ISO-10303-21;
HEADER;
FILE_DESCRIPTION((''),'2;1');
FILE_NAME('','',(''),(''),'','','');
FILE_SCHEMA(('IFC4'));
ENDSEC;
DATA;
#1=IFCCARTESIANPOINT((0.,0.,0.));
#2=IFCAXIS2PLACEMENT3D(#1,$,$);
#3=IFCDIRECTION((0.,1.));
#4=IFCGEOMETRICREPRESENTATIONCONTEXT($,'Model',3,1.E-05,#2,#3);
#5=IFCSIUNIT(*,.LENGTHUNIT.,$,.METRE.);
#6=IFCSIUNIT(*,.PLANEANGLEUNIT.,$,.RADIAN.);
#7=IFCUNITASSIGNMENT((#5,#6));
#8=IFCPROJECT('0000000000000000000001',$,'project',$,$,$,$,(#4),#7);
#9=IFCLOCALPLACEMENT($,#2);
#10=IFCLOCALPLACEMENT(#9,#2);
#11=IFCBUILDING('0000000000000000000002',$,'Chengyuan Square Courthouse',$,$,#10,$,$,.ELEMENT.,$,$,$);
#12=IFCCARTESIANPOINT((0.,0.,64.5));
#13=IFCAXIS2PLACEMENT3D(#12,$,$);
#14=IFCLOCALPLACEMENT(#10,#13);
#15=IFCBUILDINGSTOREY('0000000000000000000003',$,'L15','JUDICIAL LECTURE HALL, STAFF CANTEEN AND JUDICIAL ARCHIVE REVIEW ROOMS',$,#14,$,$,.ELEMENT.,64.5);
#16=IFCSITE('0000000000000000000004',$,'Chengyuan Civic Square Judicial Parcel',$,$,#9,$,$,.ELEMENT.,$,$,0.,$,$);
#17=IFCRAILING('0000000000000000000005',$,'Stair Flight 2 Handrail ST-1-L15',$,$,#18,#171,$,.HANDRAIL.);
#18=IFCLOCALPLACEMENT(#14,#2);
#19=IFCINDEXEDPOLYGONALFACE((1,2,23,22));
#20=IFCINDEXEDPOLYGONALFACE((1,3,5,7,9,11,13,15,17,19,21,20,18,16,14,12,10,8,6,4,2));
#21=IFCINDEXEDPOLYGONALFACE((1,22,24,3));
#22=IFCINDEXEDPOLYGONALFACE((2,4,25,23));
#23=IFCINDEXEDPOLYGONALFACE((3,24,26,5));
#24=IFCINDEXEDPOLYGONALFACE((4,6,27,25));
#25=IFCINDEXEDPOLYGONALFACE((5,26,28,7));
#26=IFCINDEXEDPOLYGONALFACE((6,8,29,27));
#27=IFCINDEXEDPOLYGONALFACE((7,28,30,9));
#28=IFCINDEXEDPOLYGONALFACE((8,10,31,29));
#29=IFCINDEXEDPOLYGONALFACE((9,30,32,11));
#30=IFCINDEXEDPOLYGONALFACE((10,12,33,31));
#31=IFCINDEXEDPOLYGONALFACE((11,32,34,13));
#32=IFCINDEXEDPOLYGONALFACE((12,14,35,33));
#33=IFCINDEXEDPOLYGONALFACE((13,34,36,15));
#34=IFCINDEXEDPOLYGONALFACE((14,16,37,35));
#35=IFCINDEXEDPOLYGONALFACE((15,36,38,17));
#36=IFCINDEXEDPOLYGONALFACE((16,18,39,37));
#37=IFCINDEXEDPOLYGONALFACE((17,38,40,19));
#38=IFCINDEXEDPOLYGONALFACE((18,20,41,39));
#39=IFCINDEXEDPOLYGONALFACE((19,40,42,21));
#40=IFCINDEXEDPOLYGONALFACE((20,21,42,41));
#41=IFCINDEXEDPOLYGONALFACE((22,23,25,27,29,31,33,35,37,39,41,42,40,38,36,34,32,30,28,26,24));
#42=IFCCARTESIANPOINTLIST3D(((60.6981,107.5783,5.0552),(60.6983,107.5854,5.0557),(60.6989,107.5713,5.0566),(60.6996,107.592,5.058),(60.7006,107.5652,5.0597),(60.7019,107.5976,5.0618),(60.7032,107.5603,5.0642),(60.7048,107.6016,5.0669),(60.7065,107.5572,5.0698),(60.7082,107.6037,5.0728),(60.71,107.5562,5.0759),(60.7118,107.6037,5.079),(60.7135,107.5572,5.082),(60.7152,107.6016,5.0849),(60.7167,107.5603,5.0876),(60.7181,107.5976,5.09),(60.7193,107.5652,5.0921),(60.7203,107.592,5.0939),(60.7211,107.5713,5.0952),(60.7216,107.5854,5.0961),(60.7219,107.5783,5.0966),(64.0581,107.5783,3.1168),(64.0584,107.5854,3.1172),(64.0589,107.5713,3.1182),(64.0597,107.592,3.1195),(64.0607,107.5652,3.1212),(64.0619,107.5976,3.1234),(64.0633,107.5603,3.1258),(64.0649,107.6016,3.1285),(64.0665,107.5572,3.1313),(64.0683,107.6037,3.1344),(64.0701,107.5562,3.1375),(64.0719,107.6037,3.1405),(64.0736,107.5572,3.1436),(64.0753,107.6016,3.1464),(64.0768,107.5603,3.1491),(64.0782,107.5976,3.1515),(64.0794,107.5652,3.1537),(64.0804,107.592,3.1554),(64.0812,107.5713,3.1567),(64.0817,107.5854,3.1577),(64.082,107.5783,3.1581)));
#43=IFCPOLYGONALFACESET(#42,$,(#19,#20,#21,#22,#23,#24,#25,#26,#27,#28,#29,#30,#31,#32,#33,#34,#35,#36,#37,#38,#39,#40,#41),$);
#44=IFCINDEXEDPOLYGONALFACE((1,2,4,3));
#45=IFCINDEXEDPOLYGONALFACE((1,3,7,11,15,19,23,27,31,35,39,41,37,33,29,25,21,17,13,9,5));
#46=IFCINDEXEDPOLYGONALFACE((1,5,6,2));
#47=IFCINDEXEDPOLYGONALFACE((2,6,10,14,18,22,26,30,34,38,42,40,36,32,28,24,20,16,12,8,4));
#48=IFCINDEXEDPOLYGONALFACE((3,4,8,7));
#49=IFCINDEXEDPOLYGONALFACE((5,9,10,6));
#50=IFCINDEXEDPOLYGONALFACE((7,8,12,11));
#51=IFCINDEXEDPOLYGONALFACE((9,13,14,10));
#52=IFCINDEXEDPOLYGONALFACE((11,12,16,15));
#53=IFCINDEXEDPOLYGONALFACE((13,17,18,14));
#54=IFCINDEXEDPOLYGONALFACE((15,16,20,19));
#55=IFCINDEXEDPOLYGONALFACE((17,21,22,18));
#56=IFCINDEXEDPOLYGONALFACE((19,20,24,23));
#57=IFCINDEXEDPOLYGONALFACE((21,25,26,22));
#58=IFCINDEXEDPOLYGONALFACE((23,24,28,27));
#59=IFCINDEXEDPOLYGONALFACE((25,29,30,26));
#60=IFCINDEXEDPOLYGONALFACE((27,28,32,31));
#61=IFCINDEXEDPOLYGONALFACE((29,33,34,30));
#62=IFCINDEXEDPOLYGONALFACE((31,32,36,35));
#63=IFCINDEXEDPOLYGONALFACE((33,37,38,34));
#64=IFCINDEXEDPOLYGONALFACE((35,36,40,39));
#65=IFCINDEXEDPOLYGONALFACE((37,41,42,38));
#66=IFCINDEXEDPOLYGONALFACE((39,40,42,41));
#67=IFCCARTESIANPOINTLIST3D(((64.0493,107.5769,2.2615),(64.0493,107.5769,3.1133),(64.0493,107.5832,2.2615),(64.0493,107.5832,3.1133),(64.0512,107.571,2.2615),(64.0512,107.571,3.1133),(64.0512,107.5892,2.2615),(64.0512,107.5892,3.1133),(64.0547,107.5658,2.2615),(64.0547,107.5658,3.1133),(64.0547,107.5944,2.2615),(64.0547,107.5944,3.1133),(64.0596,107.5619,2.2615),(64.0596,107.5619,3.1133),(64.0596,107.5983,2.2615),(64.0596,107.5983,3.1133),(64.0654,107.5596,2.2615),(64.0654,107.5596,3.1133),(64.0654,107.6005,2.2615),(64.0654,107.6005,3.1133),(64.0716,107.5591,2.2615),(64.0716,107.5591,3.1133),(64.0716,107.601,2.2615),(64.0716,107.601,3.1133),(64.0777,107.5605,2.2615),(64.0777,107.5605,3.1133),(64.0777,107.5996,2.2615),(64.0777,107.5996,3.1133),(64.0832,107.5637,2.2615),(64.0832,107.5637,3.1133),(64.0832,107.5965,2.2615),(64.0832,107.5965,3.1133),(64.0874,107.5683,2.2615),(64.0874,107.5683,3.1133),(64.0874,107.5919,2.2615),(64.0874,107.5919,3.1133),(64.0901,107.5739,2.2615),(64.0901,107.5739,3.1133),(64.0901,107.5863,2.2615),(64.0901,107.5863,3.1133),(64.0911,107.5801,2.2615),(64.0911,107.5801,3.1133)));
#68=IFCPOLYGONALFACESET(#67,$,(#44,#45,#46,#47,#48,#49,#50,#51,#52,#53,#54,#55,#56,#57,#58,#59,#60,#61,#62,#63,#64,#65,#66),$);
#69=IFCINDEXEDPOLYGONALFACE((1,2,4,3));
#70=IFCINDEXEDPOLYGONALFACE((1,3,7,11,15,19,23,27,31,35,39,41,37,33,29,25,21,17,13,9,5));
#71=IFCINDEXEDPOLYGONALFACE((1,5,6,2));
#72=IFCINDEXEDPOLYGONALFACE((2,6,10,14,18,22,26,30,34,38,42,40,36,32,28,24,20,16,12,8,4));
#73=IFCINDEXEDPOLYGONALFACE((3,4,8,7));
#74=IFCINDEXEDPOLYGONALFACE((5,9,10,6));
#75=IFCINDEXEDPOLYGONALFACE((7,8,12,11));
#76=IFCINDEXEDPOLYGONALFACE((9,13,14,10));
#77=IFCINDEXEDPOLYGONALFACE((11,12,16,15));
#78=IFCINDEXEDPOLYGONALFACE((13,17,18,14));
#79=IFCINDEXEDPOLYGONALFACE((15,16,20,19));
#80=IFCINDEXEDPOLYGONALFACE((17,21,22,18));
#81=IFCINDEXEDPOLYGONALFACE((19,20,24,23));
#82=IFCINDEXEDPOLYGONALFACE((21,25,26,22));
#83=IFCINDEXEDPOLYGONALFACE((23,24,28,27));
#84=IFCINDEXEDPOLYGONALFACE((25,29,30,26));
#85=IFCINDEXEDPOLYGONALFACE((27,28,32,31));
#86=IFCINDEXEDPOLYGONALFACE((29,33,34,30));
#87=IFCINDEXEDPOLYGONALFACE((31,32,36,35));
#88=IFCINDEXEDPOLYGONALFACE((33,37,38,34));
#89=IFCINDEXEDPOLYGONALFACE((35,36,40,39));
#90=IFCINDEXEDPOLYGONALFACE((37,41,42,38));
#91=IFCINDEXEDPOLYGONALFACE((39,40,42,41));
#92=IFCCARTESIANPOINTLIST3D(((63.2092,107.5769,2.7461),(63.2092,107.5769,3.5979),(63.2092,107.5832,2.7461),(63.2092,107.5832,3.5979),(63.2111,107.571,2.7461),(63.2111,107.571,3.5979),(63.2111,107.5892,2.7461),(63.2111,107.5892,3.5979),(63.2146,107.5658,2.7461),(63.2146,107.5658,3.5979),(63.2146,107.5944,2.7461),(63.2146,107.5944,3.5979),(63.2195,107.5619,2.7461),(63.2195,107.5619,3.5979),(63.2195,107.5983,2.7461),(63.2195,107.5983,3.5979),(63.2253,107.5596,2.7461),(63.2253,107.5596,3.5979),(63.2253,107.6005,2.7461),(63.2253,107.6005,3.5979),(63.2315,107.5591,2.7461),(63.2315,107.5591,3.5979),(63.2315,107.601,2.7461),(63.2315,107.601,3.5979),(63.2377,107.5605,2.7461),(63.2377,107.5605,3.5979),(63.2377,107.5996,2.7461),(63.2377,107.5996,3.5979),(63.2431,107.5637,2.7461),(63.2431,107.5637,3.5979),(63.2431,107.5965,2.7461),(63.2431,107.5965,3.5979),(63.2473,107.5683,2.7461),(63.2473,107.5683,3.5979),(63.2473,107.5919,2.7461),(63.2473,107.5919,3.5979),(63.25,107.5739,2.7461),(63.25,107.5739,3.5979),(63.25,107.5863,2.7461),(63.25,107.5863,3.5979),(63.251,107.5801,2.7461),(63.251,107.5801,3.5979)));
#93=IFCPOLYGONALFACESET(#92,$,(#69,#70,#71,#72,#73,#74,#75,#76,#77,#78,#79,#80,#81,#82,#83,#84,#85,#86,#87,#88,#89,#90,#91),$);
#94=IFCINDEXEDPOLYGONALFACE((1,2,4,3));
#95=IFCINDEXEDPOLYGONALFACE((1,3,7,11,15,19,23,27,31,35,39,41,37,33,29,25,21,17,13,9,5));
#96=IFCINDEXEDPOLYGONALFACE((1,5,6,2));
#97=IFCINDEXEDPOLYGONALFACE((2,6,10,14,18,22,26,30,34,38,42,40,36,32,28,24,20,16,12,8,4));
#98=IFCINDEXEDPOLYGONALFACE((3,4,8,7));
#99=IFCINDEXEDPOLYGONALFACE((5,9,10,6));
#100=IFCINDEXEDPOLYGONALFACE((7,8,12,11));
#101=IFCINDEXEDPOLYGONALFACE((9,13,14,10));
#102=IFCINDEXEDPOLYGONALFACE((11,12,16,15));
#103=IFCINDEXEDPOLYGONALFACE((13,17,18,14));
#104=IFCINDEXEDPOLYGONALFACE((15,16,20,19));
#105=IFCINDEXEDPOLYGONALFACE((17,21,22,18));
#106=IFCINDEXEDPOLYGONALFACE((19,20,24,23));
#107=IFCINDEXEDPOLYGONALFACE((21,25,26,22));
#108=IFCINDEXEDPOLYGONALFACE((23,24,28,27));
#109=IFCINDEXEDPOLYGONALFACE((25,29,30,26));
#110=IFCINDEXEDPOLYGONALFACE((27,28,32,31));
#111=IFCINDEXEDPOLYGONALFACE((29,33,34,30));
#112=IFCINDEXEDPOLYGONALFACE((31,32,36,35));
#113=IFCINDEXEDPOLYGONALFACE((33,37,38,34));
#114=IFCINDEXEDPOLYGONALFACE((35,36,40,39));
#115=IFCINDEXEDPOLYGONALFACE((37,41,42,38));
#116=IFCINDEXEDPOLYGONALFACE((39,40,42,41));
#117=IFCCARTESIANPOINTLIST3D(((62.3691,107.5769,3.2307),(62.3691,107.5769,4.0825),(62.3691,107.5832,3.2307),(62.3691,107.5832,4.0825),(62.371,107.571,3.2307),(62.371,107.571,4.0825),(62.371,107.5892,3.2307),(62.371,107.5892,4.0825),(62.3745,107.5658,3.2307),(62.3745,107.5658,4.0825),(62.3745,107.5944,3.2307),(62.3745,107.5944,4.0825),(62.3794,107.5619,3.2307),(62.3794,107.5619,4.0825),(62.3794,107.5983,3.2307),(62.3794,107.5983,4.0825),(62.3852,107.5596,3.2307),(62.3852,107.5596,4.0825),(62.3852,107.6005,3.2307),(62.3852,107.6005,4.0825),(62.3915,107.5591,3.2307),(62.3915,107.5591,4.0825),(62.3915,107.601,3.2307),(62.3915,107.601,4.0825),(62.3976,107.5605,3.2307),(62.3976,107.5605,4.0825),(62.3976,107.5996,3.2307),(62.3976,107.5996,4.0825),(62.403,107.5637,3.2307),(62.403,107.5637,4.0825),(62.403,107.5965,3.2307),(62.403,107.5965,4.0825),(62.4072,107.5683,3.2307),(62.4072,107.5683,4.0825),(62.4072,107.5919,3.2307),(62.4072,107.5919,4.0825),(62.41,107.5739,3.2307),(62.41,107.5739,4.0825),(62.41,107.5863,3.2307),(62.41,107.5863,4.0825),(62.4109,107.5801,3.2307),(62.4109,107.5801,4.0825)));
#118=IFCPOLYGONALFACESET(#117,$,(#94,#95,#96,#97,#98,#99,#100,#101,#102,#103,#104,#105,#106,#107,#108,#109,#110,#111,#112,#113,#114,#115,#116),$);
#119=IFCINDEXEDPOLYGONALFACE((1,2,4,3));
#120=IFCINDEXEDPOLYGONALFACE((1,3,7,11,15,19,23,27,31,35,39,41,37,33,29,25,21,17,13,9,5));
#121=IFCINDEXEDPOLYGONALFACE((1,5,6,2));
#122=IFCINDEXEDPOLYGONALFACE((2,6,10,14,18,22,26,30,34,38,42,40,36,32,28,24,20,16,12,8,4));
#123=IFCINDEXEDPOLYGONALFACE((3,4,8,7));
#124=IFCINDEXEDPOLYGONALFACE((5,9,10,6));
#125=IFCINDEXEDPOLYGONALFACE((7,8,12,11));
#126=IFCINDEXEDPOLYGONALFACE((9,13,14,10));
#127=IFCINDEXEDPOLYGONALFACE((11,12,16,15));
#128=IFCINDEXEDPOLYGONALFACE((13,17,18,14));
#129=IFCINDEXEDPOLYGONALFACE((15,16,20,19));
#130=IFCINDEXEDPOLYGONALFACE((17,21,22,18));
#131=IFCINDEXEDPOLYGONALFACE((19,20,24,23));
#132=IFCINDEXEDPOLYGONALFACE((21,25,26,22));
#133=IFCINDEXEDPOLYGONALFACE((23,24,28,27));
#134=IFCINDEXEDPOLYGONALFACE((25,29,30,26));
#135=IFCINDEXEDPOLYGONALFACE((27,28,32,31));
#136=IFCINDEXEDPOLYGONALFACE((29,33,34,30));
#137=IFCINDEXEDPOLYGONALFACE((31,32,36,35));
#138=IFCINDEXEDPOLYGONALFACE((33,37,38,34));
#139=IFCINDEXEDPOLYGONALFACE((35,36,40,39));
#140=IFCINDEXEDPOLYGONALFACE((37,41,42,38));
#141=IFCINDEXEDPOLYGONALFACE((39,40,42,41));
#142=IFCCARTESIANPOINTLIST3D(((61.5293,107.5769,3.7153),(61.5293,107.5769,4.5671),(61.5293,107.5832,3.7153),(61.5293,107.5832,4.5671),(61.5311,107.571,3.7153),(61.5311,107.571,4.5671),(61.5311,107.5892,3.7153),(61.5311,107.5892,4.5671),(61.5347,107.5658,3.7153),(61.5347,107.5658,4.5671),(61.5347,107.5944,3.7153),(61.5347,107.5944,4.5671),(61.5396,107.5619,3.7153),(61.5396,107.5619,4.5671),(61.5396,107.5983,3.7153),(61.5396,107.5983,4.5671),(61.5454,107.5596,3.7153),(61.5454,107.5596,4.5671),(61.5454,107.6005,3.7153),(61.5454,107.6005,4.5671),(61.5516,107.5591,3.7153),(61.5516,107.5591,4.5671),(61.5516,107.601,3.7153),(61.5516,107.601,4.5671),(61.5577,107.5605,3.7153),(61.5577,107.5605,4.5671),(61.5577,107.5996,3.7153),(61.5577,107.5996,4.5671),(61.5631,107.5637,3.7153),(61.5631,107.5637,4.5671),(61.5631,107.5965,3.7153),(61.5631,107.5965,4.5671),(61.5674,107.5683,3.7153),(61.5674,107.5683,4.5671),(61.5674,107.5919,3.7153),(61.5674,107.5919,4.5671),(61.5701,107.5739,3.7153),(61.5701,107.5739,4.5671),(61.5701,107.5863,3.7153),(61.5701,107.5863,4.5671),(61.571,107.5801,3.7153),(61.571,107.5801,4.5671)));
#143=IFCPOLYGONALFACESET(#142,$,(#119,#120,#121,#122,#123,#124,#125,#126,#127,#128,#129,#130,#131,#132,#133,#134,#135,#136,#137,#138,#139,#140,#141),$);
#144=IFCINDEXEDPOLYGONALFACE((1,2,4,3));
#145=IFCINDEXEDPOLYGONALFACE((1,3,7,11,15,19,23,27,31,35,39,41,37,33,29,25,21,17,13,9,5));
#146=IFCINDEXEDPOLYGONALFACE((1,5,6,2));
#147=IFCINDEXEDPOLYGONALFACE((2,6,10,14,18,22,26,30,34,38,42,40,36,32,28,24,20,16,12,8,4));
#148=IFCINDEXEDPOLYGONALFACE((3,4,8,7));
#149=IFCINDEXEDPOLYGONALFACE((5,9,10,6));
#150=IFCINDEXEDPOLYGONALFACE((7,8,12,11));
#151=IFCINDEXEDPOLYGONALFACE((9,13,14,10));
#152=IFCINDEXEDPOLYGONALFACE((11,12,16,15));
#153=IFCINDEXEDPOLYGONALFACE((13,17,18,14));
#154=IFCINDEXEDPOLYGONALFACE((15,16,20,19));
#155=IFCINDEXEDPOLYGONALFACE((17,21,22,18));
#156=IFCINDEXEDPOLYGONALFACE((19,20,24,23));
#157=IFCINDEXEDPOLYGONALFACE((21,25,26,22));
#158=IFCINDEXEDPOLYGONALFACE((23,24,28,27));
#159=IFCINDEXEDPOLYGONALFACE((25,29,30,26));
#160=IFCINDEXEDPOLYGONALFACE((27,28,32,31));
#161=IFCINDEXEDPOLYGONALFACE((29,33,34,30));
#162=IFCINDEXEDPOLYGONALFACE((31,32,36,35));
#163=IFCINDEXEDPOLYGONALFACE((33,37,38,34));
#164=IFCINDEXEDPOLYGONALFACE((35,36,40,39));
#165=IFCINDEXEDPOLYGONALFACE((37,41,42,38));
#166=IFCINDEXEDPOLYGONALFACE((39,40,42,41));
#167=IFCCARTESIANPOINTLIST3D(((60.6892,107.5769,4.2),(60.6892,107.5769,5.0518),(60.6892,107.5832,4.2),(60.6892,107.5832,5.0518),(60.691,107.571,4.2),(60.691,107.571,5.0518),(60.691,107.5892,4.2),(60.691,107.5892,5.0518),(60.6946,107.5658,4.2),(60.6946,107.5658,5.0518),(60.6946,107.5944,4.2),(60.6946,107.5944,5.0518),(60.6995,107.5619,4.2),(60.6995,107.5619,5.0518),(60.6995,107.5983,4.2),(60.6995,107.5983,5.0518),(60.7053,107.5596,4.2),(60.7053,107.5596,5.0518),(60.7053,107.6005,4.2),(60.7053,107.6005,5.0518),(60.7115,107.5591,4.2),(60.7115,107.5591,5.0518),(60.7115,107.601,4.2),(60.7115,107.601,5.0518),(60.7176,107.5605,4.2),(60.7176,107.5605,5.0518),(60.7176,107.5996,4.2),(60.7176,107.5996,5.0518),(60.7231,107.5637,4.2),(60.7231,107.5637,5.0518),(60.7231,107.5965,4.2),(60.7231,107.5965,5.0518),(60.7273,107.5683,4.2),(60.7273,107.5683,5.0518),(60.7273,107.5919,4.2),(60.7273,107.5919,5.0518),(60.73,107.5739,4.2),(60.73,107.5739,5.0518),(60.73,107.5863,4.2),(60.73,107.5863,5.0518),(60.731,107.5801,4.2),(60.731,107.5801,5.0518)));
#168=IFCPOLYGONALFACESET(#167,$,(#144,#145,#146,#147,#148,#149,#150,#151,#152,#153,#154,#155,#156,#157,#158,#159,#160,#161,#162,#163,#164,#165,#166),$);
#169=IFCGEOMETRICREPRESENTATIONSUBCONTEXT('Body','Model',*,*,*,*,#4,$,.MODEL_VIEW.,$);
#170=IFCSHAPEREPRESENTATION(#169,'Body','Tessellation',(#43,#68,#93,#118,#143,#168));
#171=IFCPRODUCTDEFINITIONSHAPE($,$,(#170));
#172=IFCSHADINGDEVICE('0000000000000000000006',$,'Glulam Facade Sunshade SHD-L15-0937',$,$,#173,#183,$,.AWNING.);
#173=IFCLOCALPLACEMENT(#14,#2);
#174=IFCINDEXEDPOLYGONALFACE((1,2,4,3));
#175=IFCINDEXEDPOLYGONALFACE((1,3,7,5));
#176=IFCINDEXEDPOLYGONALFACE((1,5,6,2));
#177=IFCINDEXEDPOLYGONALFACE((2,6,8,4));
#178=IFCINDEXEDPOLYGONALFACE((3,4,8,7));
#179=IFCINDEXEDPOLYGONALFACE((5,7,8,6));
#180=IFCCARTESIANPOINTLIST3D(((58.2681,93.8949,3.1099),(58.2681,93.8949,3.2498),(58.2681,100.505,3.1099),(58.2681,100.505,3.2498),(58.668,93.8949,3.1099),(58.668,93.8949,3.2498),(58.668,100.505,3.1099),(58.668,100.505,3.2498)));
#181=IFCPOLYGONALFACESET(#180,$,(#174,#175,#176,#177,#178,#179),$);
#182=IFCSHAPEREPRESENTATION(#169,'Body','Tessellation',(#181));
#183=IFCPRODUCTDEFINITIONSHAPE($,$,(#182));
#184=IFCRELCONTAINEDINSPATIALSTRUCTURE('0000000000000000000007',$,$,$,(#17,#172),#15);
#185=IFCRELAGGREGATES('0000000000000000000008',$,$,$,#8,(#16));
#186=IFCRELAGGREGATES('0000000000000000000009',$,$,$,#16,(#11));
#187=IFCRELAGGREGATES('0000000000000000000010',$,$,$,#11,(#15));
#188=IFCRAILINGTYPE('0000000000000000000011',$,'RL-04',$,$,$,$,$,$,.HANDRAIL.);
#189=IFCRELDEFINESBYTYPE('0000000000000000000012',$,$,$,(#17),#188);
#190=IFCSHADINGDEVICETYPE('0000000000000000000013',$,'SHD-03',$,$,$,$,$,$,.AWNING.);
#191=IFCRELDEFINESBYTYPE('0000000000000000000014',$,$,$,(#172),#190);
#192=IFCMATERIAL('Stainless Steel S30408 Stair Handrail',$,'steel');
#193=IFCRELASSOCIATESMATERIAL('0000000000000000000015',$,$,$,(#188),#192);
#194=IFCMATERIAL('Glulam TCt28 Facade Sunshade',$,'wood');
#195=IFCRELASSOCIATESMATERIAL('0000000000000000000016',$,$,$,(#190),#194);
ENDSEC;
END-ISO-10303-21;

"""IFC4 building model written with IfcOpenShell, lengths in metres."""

from ifc_helpers import new_model, si_unit, direction, frame, origin, origin_2d, place, context, subcontext, project, spatial, rectangle, circle, extrude, material, type_object, element, save


model = new_model("IFC4")

# Units and contexts
model_context = context("Model", 3, precision=1e-05, world=origin(), true_north=direction((0.0, 1.0)))
body_context = subcontext(model_context, "Body", "Model", "MODEL_VIEW")
ifc_project = project(units=[si_unit("LENGTHUNIT", "METRE"), si_unit("PLANEANGLEUNIT", "RADIAN")], contexts=[model_context])

# Site, building, storey
site_placement = place(None, origin())
site = spatial("IfcSite", under=ifc_project, at=site_placement, Name="Chengyuan Civic Square Judicial Parcel", CompositionType="ELEMENT", RefElevation=0.0)
building_placement = place(site_placement, origin())
building = spatial("IfcBuilding", under=site, at=building_placement, Name="Chengyuan Square Courthouse", CompositionType="ELEMENT")
storey_placement = place(building_placement, frame((0.0, 0.0, 64.5)))
storey = spatial("IfcBuildingStorey", under=building, at=storey_placement, Name="L15", Description="JUDICIAL LECTURE HALL, STAFF CANTEEN AND JUDICIAL ARCHIVE REVIEW ROOMS", CompositionType="ELEMENT", Elevation=64.5)

# Railing
ifc_material_1 = material(Name="Stainless Steel S30408 Stair Handrail", Category="steel")
railing_type_1 = type_object("IfcRailingType", Name="RL-04", PredefinedType="HANDRAIL", material=ifc_material_1)
railing_1_placement = place(storey_placement, frame((64.0701, 107.5801, 2.2615)))
element("IfcRailing", 1, at=railing_1_placement, inside=storey, type_object=railing_type_1, Name="Stair Flight 2 Handrail ST-1-L15", PredefinedType="HANDRAIL", context=body_context, shape_type="SweptSolid", body=[
    extrude(circle(Radius=0.0239, at=origin_2d()), frame((0.0, 0.0, 0.876), z_axis=(-0.866191, 0.0, 0.499713), x_axis=(0.0, -1.0, 0.0)), (0.0, 0.0, 1.0), 3.8792),
    extrude(circle(Radius=0.021, at=origin_2d()), origin(), (0.0, 0.0, 1.0), 0.8518),
    extrude(circle(Radius=0.021, at=origin_2d()), frame((-0.8401, 0.0, 0.4846)), (0.0, 0.0, 1.0), 0.8518),
    extrude(circle(Radius=0.021, at=origin_2d()), frame((-1.6802, 0.0, 0.9692)), (0.0, 0.0, 1.0), 0.8518),
    extrude(circle(Radius=0.021, at=origin_2d()), frame((-2.52, 0.0, 1.4539)), (0.0, 0.0, 1.0), 0.8518),
    extrude(circle(Radius=0.021, at=origin_2d()), frame((-3.3601, 0.0, 1.9385)), (0.0, 0.0, 1.0), 0.8518),
])

# Shading device
ifc_material_2 = material(Name="Glulam TCt28 Facade Sunshade", Category="wood")
shading_device_type = type_object("IfcShadingDeviceType", Name="SHD-03", PredefinedType="AWNING", material=ifc_material_2)
shading_device_placement = place(storey_placement, frame((58.468, 97.2, 3.1099), z_axis=(0.0, 0.0, 1.0), x_axis=(0.0, 1.0, 0.0)))
element("IfcShadingDevice", 2, at=shading_device_placement, inside=storey, type_object=shading_device_type, Name="Glulam Facade Sunshade SHD-L15-0937", PredefinedType="AWNING", context=body_context, shape_type="SweptSolid", body=[
    extrude(rectangle(XDim=6.6101, YDim=0.3999, at=origin_2d()), origin(), (0.0, 0.0, 1.0), 0.1399),
])

save(model, "model.ifc")
